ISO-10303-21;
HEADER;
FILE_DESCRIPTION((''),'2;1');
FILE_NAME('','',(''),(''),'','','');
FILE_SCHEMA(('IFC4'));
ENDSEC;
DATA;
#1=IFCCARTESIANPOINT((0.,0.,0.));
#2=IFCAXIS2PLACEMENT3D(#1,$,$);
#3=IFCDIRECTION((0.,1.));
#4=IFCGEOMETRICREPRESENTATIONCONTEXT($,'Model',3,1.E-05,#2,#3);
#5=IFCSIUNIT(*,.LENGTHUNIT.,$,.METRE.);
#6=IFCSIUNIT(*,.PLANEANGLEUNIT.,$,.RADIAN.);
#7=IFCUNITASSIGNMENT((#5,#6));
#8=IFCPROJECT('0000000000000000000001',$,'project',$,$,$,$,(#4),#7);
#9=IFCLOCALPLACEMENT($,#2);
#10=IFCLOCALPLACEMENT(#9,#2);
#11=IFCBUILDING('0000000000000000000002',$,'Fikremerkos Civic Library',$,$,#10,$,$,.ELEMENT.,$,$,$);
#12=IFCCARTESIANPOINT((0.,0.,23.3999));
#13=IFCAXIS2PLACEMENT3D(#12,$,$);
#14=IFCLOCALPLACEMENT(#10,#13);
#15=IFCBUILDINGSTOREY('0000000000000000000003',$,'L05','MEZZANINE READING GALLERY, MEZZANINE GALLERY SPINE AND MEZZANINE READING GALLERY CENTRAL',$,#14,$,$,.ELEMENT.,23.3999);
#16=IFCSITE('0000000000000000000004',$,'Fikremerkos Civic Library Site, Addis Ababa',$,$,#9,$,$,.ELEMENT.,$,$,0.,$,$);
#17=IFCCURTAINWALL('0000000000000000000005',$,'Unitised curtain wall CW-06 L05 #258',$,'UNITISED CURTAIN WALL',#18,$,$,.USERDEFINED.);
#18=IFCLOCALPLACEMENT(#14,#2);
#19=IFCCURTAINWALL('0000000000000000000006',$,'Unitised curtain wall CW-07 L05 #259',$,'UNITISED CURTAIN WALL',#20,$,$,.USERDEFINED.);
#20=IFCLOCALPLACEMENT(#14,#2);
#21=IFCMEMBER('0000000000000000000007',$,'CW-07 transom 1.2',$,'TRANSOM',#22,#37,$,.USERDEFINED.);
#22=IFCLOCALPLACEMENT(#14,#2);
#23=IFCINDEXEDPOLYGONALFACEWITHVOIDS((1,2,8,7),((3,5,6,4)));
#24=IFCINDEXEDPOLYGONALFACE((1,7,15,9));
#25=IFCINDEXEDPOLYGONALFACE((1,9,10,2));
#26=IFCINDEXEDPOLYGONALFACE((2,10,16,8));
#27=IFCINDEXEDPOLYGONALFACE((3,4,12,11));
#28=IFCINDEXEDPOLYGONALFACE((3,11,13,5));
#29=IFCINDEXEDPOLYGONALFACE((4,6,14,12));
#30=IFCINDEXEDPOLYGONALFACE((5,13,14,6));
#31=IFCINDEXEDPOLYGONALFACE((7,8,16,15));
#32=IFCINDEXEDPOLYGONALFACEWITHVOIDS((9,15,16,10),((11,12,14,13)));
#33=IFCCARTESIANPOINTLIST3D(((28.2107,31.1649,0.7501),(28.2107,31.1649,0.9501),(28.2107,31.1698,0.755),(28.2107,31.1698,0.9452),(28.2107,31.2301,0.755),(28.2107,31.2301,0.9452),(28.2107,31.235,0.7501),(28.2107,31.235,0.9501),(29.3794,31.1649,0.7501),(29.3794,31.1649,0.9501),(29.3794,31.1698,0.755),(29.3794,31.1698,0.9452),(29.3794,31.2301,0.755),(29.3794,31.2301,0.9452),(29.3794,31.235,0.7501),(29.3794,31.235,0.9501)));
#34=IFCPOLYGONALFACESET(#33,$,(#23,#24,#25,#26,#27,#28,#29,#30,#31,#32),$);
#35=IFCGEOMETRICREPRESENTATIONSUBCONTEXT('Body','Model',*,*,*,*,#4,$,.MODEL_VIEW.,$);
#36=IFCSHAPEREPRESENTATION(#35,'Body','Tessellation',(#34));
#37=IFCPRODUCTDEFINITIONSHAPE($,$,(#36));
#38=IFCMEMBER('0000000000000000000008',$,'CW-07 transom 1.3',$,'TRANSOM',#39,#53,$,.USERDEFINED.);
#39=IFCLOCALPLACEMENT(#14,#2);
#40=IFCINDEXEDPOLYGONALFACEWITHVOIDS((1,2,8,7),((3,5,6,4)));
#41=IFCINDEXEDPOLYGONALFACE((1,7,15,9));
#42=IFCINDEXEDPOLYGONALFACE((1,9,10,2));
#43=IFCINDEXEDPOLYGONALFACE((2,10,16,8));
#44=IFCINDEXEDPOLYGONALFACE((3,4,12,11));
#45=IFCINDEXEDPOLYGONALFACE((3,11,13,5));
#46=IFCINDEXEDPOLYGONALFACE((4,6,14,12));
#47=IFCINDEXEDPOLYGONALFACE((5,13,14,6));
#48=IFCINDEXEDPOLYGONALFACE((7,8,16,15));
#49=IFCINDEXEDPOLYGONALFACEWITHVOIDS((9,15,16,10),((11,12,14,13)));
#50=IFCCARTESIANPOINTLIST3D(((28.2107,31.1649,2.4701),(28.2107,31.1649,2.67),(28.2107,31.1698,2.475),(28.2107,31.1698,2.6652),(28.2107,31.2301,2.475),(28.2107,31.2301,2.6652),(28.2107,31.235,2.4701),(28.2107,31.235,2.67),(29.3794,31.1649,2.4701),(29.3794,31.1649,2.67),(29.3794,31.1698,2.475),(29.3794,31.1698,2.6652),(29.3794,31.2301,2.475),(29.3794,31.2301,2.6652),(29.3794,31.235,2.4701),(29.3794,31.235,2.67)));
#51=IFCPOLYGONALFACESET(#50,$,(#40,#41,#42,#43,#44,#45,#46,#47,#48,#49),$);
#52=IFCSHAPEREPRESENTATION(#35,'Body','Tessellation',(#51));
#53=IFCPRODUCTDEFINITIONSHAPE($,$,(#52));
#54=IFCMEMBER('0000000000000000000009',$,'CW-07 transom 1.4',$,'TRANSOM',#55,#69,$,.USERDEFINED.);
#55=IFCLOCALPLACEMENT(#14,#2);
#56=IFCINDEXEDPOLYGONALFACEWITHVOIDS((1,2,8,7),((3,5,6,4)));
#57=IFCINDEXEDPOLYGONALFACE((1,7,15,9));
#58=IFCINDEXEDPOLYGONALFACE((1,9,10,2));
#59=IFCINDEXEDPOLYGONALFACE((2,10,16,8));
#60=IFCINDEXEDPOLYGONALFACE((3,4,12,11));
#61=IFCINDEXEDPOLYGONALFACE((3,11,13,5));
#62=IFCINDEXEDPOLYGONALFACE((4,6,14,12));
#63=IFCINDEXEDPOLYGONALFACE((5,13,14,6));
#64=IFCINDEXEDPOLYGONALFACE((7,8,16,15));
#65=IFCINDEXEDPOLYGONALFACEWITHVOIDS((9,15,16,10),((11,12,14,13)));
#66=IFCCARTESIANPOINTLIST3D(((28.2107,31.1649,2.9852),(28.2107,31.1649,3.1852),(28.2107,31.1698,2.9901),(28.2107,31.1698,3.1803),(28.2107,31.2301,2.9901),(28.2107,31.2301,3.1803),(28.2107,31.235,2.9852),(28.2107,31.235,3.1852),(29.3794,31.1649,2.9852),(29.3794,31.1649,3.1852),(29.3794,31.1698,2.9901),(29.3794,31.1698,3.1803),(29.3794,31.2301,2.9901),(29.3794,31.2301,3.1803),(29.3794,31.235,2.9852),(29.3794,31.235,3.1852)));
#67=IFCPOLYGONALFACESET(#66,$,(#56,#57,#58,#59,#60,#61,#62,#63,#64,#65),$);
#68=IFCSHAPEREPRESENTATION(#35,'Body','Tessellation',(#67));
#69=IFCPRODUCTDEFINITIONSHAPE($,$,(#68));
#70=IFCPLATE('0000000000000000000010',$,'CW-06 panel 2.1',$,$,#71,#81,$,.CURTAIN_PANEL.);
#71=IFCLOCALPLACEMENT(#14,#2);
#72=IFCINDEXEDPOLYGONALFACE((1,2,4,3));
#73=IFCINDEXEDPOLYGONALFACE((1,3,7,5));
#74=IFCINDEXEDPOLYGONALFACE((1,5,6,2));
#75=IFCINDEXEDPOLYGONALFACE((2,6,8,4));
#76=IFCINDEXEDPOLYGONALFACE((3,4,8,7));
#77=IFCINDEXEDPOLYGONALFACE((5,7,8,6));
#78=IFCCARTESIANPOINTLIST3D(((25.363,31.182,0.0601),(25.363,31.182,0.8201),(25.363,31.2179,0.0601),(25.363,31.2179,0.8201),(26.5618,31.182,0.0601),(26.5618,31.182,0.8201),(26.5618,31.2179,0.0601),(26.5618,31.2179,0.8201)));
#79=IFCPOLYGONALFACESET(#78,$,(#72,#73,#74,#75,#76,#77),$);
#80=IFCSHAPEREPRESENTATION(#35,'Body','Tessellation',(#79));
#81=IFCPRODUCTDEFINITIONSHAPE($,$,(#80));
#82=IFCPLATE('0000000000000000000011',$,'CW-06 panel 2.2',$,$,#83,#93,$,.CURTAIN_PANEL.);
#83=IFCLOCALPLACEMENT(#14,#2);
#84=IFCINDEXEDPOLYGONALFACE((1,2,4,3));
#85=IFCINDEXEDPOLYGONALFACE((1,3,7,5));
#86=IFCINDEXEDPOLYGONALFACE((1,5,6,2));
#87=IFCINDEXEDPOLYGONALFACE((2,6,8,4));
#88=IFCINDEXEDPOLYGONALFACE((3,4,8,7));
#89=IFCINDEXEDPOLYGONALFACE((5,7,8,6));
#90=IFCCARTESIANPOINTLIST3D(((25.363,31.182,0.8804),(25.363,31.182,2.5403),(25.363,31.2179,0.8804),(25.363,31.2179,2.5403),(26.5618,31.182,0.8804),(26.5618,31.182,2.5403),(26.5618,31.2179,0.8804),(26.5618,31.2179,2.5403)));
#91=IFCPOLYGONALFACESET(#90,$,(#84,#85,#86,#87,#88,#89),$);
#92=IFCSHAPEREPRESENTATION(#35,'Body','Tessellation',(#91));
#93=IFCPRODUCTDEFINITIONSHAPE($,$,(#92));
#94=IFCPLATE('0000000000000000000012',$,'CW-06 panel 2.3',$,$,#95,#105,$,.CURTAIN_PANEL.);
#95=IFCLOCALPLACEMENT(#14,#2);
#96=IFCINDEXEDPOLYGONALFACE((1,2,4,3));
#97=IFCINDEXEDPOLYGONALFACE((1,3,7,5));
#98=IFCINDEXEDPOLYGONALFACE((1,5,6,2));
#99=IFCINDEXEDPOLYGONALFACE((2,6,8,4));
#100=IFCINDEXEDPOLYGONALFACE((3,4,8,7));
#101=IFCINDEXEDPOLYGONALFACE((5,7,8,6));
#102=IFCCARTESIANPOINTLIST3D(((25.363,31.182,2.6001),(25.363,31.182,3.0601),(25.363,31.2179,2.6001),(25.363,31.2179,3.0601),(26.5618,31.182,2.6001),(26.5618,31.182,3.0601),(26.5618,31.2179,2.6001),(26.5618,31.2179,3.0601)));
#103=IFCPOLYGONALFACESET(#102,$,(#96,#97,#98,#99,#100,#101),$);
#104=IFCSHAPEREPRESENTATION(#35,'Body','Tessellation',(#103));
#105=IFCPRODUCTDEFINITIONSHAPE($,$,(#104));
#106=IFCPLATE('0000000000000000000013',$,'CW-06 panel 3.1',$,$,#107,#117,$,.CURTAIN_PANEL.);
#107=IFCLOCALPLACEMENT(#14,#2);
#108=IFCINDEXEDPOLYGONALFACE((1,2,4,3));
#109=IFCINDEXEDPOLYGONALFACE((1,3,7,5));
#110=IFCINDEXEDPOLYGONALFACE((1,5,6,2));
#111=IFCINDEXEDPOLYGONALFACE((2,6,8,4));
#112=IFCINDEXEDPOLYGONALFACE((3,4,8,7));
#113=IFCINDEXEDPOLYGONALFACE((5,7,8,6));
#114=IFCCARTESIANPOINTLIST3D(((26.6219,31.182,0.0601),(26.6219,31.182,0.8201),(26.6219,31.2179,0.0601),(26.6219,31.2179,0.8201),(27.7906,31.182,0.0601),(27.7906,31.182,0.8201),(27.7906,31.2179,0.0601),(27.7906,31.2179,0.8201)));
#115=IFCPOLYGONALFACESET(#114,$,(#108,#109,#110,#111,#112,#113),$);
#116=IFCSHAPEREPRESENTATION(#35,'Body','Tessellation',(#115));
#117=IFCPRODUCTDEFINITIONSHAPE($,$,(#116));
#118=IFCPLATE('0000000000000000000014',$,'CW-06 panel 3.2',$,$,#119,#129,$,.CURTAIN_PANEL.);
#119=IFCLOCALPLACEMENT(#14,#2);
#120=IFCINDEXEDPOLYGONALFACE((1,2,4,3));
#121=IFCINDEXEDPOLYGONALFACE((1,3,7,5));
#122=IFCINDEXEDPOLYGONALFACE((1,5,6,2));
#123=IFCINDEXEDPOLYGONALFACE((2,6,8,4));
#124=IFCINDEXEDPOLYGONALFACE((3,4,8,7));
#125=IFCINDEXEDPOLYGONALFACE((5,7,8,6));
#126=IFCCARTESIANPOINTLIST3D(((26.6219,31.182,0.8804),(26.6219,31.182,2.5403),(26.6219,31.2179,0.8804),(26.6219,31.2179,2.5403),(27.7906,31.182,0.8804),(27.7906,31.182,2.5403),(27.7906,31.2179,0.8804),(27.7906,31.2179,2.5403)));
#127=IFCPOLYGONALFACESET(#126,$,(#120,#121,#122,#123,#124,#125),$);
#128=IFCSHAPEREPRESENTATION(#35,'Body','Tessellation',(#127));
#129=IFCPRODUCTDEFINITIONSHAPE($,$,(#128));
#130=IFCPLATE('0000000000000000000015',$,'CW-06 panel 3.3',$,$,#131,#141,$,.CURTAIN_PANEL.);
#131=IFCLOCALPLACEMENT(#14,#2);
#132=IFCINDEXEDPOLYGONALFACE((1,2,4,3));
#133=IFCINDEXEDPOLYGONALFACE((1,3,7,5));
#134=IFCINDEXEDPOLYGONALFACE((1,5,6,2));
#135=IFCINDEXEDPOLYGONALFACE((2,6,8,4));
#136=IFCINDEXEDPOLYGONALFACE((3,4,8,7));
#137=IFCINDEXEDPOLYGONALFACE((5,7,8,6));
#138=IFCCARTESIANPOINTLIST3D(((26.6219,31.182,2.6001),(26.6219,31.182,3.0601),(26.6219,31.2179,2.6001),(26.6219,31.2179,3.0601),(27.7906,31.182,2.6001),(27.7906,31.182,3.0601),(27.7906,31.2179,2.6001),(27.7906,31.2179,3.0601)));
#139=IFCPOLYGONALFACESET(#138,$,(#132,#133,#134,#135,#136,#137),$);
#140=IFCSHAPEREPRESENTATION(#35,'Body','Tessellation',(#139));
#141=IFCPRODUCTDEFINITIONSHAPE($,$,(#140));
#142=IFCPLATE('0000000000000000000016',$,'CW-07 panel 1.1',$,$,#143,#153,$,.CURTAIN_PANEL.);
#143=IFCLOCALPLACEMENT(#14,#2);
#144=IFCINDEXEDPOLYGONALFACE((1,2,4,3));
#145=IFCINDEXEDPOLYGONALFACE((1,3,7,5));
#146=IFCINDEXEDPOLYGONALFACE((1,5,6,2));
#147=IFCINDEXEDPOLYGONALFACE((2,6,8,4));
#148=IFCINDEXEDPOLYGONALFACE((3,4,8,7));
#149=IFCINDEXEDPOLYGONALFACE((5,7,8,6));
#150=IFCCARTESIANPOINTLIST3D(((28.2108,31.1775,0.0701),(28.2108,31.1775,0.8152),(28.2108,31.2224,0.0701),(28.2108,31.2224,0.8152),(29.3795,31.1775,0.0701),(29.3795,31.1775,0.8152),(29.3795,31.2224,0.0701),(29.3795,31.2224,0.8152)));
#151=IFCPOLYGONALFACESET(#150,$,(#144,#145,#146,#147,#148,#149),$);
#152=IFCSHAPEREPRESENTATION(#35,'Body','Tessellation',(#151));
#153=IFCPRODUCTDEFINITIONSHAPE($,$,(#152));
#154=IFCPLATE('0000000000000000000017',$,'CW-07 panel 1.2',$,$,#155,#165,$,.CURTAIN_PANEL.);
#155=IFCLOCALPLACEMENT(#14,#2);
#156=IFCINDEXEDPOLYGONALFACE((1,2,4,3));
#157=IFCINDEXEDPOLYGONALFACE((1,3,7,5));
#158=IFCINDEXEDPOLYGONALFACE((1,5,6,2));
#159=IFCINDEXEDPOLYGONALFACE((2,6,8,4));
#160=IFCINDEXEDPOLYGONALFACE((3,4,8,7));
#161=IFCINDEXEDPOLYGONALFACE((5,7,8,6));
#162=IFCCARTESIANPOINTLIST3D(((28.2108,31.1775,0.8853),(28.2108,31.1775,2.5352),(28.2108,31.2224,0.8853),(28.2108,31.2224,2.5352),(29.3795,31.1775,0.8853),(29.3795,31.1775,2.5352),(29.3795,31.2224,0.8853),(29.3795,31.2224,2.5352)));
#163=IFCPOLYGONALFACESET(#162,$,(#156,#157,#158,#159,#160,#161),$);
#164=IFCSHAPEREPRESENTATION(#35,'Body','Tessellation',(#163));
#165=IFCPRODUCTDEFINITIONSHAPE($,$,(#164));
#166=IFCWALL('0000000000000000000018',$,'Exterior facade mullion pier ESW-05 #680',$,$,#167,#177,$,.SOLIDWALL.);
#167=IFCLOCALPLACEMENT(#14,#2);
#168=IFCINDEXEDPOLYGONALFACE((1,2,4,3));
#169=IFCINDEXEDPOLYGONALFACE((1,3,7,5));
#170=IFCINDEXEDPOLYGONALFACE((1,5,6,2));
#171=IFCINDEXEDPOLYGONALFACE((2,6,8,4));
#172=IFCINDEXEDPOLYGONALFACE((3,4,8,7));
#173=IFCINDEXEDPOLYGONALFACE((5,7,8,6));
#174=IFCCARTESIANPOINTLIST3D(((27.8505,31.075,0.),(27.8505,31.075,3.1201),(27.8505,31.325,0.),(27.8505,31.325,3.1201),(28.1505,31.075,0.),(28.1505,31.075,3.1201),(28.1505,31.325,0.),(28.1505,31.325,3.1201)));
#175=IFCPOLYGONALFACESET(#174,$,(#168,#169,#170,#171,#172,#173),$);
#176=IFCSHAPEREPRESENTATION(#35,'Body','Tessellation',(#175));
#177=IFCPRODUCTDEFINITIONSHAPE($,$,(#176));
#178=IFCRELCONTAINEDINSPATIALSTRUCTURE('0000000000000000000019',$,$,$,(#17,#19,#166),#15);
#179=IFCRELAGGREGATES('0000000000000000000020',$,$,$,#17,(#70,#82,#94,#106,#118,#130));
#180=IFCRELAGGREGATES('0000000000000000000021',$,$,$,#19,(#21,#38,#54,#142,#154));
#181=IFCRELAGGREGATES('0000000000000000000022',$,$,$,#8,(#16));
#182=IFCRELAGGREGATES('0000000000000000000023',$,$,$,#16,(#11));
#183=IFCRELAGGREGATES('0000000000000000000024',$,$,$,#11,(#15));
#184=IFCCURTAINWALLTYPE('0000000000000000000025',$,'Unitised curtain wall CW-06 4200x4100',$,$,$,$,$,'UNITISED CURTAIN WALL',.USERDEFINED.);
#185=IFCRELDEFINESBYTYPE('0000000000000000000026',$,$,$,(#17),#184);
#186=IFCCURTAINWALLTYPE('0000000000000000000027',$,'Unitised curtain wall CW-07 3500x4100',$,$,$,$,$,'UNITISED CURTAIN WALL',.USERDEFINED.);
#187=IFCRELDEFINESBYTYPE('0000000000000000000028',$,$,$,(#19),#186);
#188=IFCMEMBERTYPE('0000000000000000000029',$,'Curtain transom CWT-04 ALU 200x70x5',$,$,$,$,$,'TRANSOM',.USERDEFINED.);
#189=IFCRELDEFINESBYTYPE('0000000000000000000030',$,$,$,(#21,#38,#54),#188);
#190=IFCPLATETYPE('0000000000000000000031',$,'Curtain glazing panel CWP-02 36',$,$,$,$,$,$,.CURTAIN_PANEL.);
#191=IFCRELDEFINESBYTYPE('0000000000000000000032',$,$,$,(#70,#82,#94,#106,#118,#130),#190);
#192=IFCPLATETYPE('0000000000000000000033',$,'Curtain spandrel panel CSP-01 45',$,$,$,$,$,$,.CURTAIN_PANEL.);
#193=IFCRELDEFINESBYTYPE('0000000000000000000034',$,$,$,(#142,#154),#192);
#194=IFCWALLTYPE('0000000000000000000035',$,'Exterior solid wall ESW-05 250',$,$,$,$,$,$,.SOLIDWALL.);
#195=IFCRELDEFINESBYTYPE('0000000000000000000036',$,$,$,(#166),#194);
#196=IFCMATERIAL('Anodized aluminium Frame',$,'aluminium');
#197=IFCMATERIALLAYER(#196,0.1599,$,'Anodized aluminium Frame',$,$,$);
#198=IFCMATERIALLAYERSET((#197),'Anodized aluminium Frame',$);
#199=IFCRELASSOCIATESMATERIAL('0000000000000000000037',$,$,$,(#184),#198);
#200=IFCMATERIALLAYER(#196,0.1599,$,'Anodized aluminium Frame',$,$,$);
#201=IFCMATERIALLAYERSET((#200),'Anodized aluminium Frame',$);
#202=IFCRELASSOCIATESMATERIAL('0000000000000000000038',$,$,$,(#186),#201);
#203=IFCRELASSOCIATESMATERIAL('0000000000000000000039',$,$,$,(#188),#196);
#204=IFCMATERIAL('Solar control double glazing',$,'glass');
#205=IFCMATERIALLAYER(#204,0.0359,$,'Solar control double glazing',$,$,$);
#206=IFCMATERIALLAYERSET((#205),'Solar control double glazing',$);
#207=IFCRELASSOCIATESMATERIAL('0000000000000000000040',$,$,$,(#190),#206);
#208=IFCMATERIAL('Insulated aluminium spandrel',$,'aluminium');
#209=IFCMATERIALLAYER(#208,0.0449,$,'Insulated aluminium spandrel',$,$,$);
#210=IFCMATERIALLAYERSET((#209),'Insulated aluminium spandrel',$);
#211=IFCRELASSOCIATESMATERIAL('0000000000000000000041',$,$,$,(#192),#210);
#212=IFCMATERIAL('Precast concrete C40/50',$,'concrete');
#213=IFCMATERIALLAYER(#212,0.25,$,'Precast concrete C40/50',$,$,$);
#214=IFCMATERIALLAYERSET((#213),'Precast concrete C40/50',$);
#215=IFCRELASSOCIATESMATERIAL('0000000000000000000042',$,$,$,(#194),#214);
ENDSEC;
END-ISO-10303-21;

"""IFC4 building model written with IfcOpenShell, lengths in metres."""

from ifc_helpers import new_model, si_unit, direction, frame, frame_2d, origin, origin_2d, place, context, subcontext, project, spatial, rectangle, hollow_rectangle, extrude, material, layer, layer_set, material_profile, profile_set, type_object, element, aggregate, save


model = new_model("IFC4")

# Units and contexts
model_context = context("Model", 3, precision=1e-05, world=origin(), true_north=direction((0.0, 1.0)))
body_context = subcontext(model_context, "Body", "Model", "MODEL_VIEW")
ifc_project = project(units=[si_unit("LENGTHUNIT", "METRE"), si_unit("PLANEANGLEUNIT", "RADIAN")], contexts=[model_context])

# Site, building, storey
site_placement = place(None, origin())
site = spatial("IfcSite", under=ifc_project, at=site_placement, Name="Fikremerkos Civic Library Site, Addis Ababa", CompositionType="ELEMENT", RefElevation=0.0)
building_placement = place(site_placement, origin())
building = spatial("IfcBuilding", under=site, at=building_placement, Name="Fikremerkos Civic Library", CompositionType="ELEMENT")
storey_placement = place(building_placement, frame((0.0, 0.0, 23.3999)))
storey = spatial("IfcBuildingStorey", under=building, at=storey_placement, Name="L05", Description="MEZZANINE READING GALLERY, MEZZANINE GALLERY SPINE AND MEZZANINE READING GALLERY CENTRAL", CompositionType="ELEMENT", Elevation=23.3999)

# Curtain wall
ifc_material_1 = material(Name="Anodized aluminium Frame", Category="aluminium")
ifc_layer_1 = layer(ifc_material_1, 0.1599, Name="Anodized aluminium Frame")
ifc_layer_set_1 = layer_set([ifc_layer_1], Name="Anodized aluminium Frame")
curtain_wall_type_1 = type_object("IfcCurtainWallType", Name="Unitised curtain wall CW-06 4200x4100", ElementType="UNITISED CURTAIN WALL", PredefinedType="USERDEFINED", material=ifc_layer_set_1)
curtain_wall_1_placement = place(storey_placement, origin())
curtain_wall_1 = element("IfcCurtainWall", 1, at=curtain_wall_1_placement, inside=storey, type_object=curtain_wall_type_1, Name="Unitised curtain wall CW-06 L05 #258", ObjectType="UNITISED CURTAIN WALL", PredefinedType="USERDEFINED")

# Curtain wall
ifc_layer_2 = layer(ifc_material_1, 0.1599, Name="Anodized aluminium Frame")
ifc_layer_set_2 = layer_set([ifc_layer_2], Name="Anodized aluminium Frame")
curtain_wall_type_2 = type_object("IfcCurtainWallType", Name="Unitised curtain wall CW-07 3500x4100", ElementType="UNITISED CURTAIN WALL", PredefinedType="USERDEFINED", material=ifc_layer_set_2)
curtain_wall_2_placement = place(storey_placement, origin())
curtain_wall_2 = element("IfcCurtainWall", 2, at=curtain_wall_2_placement, inside=storey, type_object=curtain_wall_type_2, Name="Unitised curtain wall CW-07 L05 #259", ObjectType="UNITISED CURTAIN WALL", PredefinedType="USERDEFINED")

# Members
ifc_material_profile_1 = material_profile(ifc_material_1, hollow_rectangle(XDim=0.0701, YDim=0.2, WallThickness=0.0049, at=origin_2d()), Name="ALU 200x70x5")
ifc_profile_set_1 = profile_set([ifc_material_profile_1], Name="Anodized aluminium Frame")
member_type_1 = type_object("IfcMemberType", Name="Curtain transom CWT-04 ALU 200x70x5", ElementType="TRANSOM", PredefinedType="USERDEFINED", material=ifc_profile_set_1)
member_1_placement = place(storey_placement, frame((28.2107, 31.2, 0.8501), z_axis=(1.0, 0.0, 0.0), x_axis=(0.0, 1.0, 0.0)))
member_1 = element("IfcMember", 3, at=member_1_placement, type_object=member_type_1, Name="CW-07 transom 1.2", ObjectType="TRANSOM", PredefinedType="USERDEFINED", context=body_context, shape_type="SweptSolid", body=[
    extrude(hollow_rectangle(XDim=0.0701, YDim=0.2, WallThickness=0.0049, at=origin_2d()), origin(), (0.0, 0.0, 1.0), 1.1687),
])
member_2_placement = place(storey_placement, frame((28.2107, 31.2, 2.5701), z_axis=(1.0, 0.0, 0.0), x_axis=(0.0, 1.0, 0.0)))
member_2 = element("IfcMember", 4, at=member_2_placement, type_object=member_type_1, Name="CW-07 transom 1.3", ObjectType="TRANSOM", PredefinedType="USERDEFINED", context=body_context, shape_type="SweptSolid", body=[
    extrude(hollow_rectangle(XDim=0.0701, YDim=0.2, WallThickness=0.0049, at=origin_2d()), origin(), (0.0, 0.0, 1.0), 1.1687),
])
member_3_placement = place(storey_placement, frame((28.2107, 31.2, 3.0852), z_axis=(1.0, 0.0, 0.0), x_axis=(0.0, 1.0, 0.0)))
member_3 = element("IfcMember", 5, at=member_3_placement, type_object=member_type_1, Name="CW-07 transom 1.4", ObjectType="TRANSOM", PredefinedType="USERDEFINED", context=body_context, shape_type="SweptSolid", body=[
    extrude(hollow_rectangle(XDim=0.0701, YDim=0.2, WallThickness=0.0049, at=origin_2d()), origin(), (0.0, 0.0, 1.0), 1.1687),
])

# Plates
ifc_material_2 = material(Name="Solar control double glazing", Category="glass")
ifc_layer_3 = layer(ifc_material_2, 0.0359, Name="Solar control double glazing")
ifc_layer_set_3 = layer_set([ifc_layer_3], Name="Solar control double glazing")
plate_type_1 = type_object("IfcPlateType", Name="Curtain glazing panel CWP-02 36", PredefinedType="CURTAIN_PANEL", material=ifc_layer_set_3)
plate_1_placement = place(storey_placement, frame((25.9624, 31.2, 0.0601), z_axis=(0.0, 0.0, 1.0), x_axis=(1.0, 0.0, 0.0)))
plate_1 = element("IfcPlate", 6, at=plate_1_placement, type_object=plate_type_1, Name="CW-06 panel 2.1", PredefinedType="CURTAIN_PANEL", context=body_context, shape_type="SweptSolid", body=[
    extrude(rectangle(XDim=1.1987, YDim=0.0359, at=origin_2d()), origin(), (0.0, 0.0, 1.0), 0.76),
])
plate_2_placement = place(storey_placement, frame((25.9624, 31.2, 0.8804), z_axis=(0.0, 0.0, 1.0), x_axis=(1.0, 0.0, 0.0)))
plate_2 = element("IfcPlate", 7, at=plate_2_placement, type_object=plate_type_1, Name="CW-06 panel 2.2", PredefinedType="CURTAIN_PANEL", context=body_context, shape_type="SweptSolid", body=[
    extrude(rectangle(XDim=1.1987, YDim=0.0359, at=origin_2d()), origin(), (0.0, 0.0, 1.0), 1.6599),
])
plate_3_placement = place(storey_placement, frame((25.9624, 31.2, 2.6001), z_axis=(0.0, 0.0, 1.0), x_axis=(1.0, 0.0, 0.0)))
plate_3 = element("IfcPlate", 8, at=plate_3_placement, type_object=plate_type_1, Name="CW-06 panel 2.3", PredefinedType="CURTAIN_PANEL", context=body_context, shape_type="SweptSolid", body=[
    extrude(rectangle(XDim=1.1987, YDim=0.0359, at=origin_2d()), origin(), (0.0, 0.0, 1.0), 0.46),
])
plate_4_placement = place(storey_placement, frame((27.2063, 31.2, 0.0601), z_axis=(0.0, 0.0, 1.0), x_axis=(1.0, 0.0, 0.0)))
plate_4 = element("IfcPlate", 9, at=plate_4_placement, type_object=plate_type_1, Name="CW-06 panel 3.1", PredefinedType="CURTAIN_PANEL", context=body_context, shape_type="SweptSolid", body=[
    extrude(rectangle(XDim=1.1687, YDim=0.0359, at=origin_2d()), origin(), (0.0, 0.0, 1.0), 0.76),
])
plate_5_placement = place(storey_placement, frame((27.2063, 31.2, 0.8804), z_axis=(0.0, 0.0, 1.0), x_axis=(1.0, 0.0, 0.0)))
plate_5 = element("IfcPlate", 10, at=plate_5_placement, type_object=plate_type_1, Name="CW-06 panel 3.2", PredefinedType="CURTAIN_PANEL", context=body_context, shape_type="SweptSolid", body=[
    extrude(rectangle(XDim=1.1687, YDim=0.0359, at=origin_2d()), origin(), (0.0, 0.0, 1.0), 1.6599),
])
plate_6_placement = place(storey_placement, frame((27.2063, 31.2, 2.6001), z_axis=(0.0, 0.0, 1.0), x_axis=(1.0, 0.0, 0.0)))
plate_6 = element("IfcPlate", 11, at=plate_6_placement, type_object=plate_type_1, Name="CW-06 panel 3.3", PredefinedType="CURTAIN_PANEL", context=body_context, shape_type="SweptSolid", body=[
    extrude(rectangle(XDim=1.1687, YDim=0.0359, at=origin_2d()), origin(), (0.0, 0.0, 1.0), 0.46),
])
aggregate(curtain_wall_1, [plate_1, plate_2, plate_3, plate_4, plate_5, plate_6])
ifc_material_3 = material(Name="Insulated aluminium spandrel", Category="aluminium")
ifc_layer_4 = layer(ifc_material_3, 0.0449, Name="Insulated aluminium spandrel")
ifc_layer_set_4 = layer_set([ifc_layer_4], Name="Insulated aluminium spandrel")
plate_type_2 = type_object("IfcPlateType", Name="Curtain spandrel panel CSP-01 45", PredefinedType="CURTAIN_PANEL", material=ifc_layer_set_4)
plate_7_placement = place(storey_placement, frame((28.7952, 31.2, 0.0701), z_axis=(0.0, 0.0, 1.0), x_axis=(1.0, 0.0, 0.0)))
plate_7 = element("IfcPlate", 12, at=plate_7_placement, type_object=plate_type_2, Name="CW-07 panel 1.1", PredefinedType="CURTAIN_PANEL", context=body_context, shape_type="SweptSolid", body=[
    extrude(rectangle(XDim=1.1687, YDim=0.0449, at=origin_2d()), origin(), (0.0, 0.0, 1.0), 0.7451),
])
plate_8_placement = place(storey_placement, frame((28.7952, 31.2, 0.8853), z_axis=(0.0, 0.0, 1.0), x_axis=(1.0, 0.0, 0.0)))
plate_8 = element("IfcPlate", 13, at=plate_8_placement, type_object=plate_type_2, Name="CW-07 panel 1.2", PredefinedType="CURTAIN_PANEL", context=body_context, shape_type="SweptSolid", body=[
    extrude(rectangle(XDim=1.1687, YDim=0.0449, at=origin_2d()), origin(), (0.0, 0.0, 1.0), 1.6499),
])
aggregate(curtain_wall_2, [member_1, member_2, member_3, plate_7, plate_8])

# Wall
ifc_material_4 = material(Name="Precast concrete C40/50", Category="concrete")
ifc_layer_5 = layer(ifc_material_4, 0.25, Name="Precast concrete C40/50")
ifc_layer_set_5 = layer_set([ifc_layer_5], Name="Precast concrete C40/50")
wall_type = type_object("IfcWallType", Name="Exterior solid wall ESW-05 250", PredefinedType="SOLIDWALL", material=ifc_layer_set_5)
wall_placement = place(storey_placement, frame((27.8506, 31.2, 0.0), z_axis=(0.0, 0.0, 1.0), x_axis=(1.0, 0.0, 0.0)))
element("IfcWall", 14, at=wall_placement, inside=storey, type_object=wall_type, Name="Exterior facade mullion pier ESW-05 #680", PredefinedType="SOLIDWALL", context=body_context, shape_type="SweptSolid", body=[
    extrude(rectangle(XDim=0.3, YDim=0.25, at=frame_2d((0.1499, 0.0))), origin(), (0.0, 0.0, 1.0), 3.1201),
])

save(model, "model.ifc")
